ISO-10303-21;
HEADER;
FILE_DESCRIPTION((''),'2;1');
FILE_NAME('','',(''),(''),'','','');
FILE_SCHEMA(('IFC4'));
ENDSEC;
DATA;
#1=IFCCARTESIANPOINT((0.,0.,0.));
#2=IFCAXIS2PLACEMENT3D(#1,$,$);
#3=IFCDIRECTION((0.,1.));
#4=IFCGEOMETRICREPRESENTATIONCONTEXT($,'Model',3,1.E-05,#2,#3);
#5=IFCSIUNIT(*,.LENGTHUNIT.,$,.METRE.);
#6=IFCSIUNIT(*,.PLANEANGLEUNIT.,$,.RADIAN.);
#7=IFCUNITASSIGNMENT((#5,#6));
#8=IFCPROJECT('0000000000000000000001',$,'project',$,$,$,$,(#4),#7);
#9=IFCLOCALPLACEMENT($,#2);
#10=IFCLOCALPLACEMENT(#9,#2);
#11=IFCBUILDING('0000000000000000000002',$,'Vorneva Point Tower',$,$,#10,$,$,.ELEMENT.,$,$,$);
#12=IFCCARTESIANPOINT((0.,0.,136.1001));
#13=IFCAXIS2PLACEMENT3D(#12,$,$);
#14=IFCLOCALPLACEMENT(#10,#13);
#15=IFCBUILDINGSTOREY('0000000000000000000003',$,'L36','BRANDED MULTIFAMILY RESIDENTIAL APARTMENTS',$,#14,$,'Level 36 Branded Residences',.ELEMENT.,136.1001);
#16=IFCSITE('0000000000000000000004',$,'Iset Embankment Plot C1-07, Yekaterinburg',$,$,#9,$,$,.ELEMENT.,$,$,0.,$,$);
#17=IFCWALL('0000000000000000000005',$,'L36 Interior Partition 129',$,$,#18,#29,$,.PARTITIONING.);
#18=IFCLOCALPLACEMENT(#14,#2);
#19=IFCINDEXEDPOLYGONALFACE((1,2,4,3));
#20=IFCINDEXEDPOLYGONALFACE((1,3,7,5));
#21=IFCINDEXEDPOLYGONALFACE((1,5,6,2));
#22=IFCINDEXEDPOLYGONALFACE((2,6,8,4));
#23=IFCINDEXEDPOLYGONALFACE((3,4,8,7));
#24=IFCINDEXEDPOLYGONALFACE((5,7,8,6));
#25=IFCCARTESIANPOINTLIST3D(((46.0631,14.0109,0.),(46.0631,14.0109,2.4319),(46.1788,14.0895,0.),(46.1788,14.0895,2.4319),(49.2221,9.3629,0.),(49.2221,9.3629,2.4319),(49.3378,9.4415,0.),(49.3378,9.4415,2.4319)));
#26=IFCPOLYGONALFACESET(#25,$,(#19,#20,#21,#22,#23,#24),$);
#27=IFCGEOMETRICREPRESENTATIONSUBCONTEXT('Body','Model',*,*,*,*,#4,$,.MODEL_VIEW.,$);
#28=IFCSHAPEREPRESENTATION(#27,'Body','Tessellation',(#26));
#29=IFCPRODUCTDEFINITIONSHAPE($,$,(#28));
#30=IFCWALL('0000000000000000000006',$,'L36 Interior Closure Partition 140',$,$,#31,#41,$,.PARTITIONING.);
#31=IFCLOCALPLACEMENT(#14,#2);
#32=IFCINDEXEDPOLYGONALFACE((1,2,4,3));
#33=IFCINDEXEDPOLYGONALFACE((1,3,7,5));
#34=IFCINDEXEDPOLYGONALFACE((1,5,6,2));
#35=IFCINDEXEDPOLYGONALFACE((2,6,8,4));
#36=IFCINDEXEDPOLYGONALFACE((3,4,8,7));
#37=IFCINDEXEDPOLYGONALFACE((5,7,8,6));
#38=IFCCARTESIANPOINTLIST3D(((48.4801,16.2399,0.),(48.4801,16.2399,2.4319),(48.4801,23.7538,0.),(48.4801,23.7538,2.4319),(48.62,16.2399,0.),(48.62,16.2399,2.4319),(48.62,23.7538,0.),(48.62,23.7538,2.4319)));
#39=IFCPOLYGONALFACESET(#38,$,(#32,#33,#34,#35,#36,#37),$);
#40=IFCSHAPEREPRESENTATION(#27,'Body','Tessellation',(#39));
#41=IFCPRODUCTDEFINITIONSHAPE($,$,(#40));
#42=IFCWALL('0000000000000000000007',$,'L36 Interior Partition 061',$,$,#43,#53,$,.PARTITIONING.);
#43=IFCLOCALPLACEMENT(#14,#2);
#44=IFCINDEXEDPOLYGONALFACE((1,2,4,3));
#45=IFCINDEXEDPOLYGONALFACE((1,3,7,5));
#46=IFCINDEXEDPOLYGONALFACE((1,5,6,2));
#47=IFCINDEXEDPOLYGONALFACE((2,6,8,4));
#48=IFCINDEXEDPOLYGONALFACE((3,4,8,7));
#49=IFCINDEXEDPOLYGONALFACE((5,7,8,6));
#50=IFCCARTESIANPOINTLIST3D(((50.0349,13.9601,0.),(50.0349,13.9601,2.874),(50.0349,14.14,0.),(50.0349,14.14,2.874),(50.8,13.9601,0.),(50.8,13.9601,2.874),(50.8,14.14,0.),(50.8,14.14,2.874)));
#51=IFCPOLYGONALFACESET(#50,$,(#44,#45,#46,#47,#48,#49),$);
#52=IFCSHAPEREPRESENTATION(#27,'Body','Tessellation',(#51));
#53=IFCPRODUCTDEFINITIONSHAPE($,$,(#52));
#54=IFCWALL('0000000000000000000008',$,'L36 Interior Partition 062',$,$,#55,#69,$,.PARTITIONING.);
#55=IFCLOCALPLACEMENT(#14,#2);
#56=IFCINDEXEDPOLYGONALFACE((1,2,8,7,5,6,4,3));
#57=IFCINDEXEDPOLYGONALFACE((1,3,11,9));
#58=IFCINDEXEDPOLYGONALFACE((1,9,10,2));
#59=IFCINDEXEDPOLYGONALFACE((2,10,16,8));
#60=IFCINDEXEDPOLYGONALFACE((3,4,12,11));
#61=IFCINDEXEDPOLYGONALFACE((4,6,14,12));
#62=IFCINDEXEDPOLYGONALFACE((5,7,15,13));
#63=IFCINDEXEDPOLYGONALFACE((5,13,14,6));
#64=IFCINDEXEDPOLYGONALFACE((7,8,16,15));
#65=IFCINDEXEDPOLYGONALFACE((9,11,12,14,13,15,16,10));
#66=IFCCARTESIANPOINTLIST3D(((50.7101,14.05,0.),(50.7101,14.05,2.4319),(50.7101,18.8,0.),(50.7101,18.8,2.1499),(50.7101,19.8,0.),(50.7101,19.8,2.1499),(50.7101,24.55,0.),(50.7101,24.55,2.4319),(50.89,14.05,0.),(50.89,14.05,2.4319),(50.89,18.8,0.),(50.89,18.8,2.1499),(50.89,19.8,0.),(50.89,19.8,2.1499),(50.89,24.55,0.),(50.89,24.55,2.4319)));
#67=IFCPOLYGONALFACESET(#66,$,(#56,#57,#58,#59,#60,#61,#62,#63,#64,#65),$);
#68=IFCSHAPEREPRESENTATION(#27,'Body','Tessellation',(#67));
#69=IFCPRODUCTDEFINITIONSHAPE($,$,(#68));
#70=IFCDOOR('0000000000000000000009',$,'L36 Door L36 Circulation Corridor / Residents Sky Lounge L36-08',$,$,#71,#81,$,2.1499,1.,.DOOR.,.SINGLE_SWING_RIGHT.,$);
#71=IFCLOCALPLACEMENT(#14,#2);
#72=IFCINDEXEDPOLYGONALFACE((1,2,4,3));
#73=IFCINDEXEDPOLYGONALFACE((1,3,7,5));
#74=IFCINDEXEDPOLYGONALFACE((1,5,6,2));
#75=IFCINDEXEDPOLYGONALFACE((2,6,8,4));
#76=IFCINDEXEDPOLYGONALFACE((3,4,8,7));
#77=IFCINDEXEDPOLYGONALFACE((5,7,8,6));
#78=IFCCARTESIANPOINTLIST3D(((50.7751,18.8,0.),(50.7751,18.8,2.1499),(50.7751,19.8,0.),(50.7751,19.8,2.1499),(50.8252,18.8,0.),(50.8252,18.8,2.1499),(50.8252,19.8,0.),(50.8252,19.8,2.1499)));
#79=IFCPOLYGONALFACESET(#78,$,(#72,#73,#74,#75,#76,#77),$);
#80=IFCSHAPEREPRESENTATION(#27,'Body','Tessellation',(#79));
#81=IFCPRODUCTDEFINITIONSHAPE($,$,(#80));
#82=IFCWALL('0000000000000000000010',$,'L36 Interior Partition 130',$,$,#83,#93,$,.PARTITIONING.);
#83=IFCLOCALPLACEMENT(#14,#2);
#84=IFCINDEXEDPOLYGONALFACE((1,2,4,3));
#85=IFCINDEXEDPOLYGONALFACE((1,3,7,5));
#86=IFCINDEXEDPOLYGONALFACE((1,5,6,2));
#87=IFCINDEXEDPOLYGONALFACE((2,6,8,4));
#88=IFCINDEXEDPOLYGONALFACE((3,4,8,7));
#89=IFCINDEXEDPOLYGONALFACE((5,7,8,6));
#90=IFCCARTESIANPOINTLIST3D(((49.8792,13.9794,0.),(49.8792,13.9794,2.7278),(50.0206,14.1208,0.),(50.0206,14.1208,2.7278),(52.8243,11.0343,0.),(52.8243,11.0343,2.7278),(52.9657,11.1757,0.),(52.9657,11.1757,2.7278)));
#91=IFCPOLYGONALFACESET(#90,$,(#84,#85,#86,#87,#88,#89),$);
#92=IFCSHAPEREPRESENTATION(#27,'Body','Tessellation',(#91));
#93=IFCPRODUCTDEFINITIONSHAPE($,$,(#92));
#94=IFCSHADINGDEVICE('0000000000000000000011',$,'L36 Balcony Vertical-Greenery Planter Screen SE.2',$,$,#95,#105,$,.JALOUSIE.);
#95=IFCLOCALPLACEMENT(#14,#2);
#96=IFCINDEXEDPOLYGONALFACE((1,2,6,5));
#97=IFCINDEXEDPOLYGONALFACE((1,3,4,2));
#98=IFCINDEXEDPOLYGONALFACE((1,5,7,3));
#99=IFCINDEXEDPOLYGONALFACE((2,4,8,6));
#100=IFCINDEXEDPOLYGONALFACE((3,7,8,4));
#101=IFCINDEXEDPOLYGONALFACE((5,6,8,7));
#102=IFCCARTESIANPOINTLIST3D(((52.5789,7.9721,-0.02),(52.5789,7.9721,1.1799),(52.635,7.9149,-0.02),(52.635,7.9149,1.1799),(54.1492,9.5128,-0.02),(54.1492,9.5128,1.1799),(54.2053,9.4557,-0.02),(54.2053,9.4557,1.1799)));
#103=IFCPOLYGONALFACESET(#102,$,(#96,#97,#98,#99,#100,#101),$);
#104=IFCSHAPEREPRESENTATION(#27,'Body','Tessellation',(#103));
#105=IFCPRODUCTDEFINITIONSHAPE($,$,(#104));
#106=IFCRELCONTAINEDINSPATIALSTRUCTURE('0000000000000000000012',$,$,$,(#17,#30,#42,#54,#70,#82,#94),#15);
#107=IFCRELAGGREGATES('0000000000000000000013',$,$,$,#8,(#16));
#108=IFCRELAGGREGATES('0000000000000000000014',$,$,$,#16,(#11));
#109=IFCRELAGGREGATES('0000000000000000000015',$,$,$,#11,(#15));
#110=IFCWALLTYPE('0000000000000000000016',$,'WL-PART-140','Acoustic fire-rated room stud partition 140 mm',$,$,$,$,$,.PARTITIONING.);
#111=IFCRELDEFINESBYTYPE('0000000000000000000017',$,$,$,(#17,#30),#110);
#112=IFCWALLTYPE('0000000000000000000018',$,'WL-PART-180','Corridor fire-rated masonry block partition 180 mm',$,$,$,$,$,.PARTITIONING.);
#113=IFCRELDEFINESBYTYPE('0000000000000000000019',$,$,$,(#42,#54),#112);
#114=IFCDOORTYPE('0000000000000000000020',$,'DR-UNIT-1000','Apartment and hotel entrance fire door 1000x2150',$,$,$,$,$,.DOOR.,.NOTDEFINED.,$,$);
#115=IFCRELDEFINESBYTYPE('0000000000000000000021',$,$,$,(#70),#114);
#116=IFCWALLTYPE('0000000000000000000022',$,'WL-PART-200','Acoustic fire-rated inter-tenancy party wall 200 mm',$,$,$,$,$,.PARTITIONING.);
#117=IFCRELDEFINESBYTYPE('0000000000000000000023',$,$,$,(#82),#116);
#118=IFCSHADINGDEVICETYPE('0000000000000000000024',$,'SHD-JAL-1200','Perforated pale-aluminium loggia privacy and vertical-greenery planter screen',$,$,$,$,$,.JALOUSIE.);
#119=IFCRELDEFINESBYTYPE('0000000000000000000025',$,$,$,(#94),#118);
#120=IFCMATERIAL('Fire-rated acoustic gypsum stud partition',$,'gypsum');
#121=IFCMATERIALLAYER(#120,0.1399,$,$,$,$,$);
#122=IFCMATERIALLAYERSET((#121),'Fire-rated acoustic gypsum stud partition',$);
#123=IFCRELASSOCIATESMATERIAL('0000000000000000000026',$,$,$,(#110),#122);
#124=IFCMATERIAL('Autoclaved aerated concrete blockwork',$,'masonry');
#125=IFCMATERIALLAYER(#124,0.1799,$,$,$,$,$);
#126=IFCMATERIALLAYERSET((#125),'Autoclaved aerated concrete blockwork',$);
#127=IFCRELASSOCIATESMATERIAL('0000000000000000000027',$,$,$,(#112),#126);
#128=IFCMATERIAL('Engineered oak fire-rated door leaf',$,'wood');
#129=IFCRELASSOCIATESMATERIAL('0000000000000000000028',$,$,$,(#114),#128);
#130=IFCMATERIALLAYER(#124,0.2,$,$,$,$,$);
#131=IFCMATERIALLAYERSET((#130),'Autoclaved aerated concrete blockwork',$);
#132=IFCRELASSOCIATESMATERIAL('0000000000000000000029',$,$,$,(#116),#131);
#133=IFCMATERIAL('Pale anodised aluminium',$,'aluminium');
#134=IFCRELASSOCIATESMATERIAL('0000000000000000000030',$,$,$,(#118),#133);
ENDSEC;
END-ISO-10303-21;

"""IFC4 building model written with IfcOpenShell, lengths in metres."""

from ifc_helpers import new_model, si_unit, direction, frame, frame_2d, origin, origin_2d, place, context, subcontext, project, spatial, rectangle, extrude, material, layer, layer_set, type_object, element, fill, save


model = new_model("IFC4")

# Units and contexts
model_context = context("Model", 3, precision=1e-05, world=origin(), true_north=direction((0.0, 1.0)))
body_context = subcontext(model_context, "Body", "Model", "MODEL_VIEW")
ifc_project = project(units=[si_unit("LENGTHUNIT", "METRE"), si_unit("PLANEANGLEUNIT", "RADIAN")], contexts=[model_context])

# Site, building, storey
site_placement = place(None, origin())
site = spatial("IfcSite", under=ifc_project, at=site_placement, Name="Iset Embankment Plot C1-07, Yekaterinburg", CompositionType="ELEMENT", RefElevation=0.0)
building_placement = place(site_placement, origin())
building = spatial("IfcBuilding", under=site, at=building_placement, Name="Vorneva Point Tower", CompositionType="ELEMENT")
storey_placement = place(building_placement, frame((0.0, 0.0, 136.1001)))
storey = spatial("IfcBuildingStorey", under=building, at=storey_placement, Name="L36", Description="BRANDED MULTIFAMILY RESIDENTIAL APARTMENTS", LongName="Level 36 Branded Residences", CompositionType="ELEMENT", Elevation=136.1001)

# Shared definitions
ifc_material_1 = material(Name="Pale anodised aluminium", Category="aluminium")

# Walls
ifc_material_2 = material(Name="Fire-rated acoustic gypsum stud partition", Category="gypsum")
ifc_layer_1 = layer(ifc_material_2, 0.1399)
ifc_layer_set_1 = layer_set([ifc_layer_1], Name="Fire-rated acoustic gypsum stud partition")
wall_type_1 = type_object("IfcWallType", Name="WL-PART-140", Description="Acoustic fire-rated room stud partition 140 mm", PredefinedType="PARTITIONING", material=ifc_layer_set_1)
wall_1_placement = place(storey_placement, frame((49.28, 9.4021, 0.0), z_axis=(0.0, 0.0, 1.0), x_axis=(-0.562107, 0.827065, 0.0)))
element("IfcWall", 1, at=wall_1_placement, inside=storey, type_object=wall_type_1, Name="L36 Interior Partition 129", PredefinedType="PARTITIONING", context=body_context, shape_type="SweptSolid", body=[
    extrude(rectangle(XDim=5.6199, YDim=0.1399, at=frame_2d((2.8101, 0.0))), origin(), (0.0, 0.0, 1.0), 2.4319),
])
wall_2_placement = place(storey_placement, frame((48.55, 16.24, 0.0), z_axis=(0.0, 0.0, 1.0), x_axis=(0.0, 1.0, 0.0)))
element("IfcWall", 2, at=wall_2_placement, inside=storey, type_object=wall_type_1, Name="L36 Interior Closure Partition 140", PredefinedType="PARTITIONING", context=body_context, shape_type="SweptSolid", body=[
    extrude(rectangle(XDim=7.5139, YDim=0.1399, at=frame_2d((3.7568, 0.0))), origin(), (0.0, 0.0, 1.0), 2.4319),
])
ifc_material_3 = material(Name="Autoclaved aerated concrete blockwork", Category="masonry")
ifc_layer_2 = layer(ifc_material_3, 0.1799)
ifc_layer_set_2 = layer_set([ifc_layer_2], Name="Autoclaved aerated concrete blockwork")
wall_type_2 = type_object("IfcWallType", Name="WL-PART-180", Description="Corridor fire-rated masonry block partition 180 mm", PredefinedType="PARTITIONING", material=ifc_layer_set_2)
wall_3_placement = place(storey_placement, frame((50.0349, 14.05, 0.0), z_axis=(0.0, 0.0, 1.0), x_axis=(1.0, 0.0, 0.0)))
element("IfcWall", 3, at=wall_3_placement, inside=storey, type_object=wall_type_2, Name="L36 Interior Partition 061", PredefinedType="PARTITIONING", context=body_context, shape_type="SweptSolid", body=[
    extrude(rectangle(XDim=0.7651, YDim=0.1799, at=frame_2d((0.3826, 0.0))), origin(), (0.0, 0.0, 1.0), 2.874),
])

# Wall, opening, door
wall_4_placement = place(storey_placement, frame((50.8, 14.05, 0.0), z_axis=(0.0, 0.0, 1.0), x_axis=(0.0, 1.0, 0.0)))
wall_4 = element("IfcWall", 4, at=wall_4_placement, inside=storey, type_object=wall_type_2, Name="L36 Interior Partition 062", PredefinedType="PARTITIONING", context=body_context, shape_type="SweptSolid", body=[
    extrude(rectangle(XDim=10.5, YDim=0.1799, at=frame_2d((5.25, 0.0))), origin(), (0.0, 0.0, 1.0), 2.4319),
])
opening_1_placement = place(wall_4_placement, frame((4.75, 0.0, 0.0)))
opening_1 = element("IfcOpeningElement", 5, at=opening_1_placement, cuts=wall_4, PredefinedType="OPENING", context=body_context, shape_type="SweptSolid", body=[
    extrude(rectangle(XDim=1.0, YDim=2.1499, at=frame_2d((0.5, 1.075))), frame((0.0, 0.105, 0.0), z_axis=(0.0, -1.0, 0.0), x_axis=(1.0, 0.0, 0.0)), (0.0, 0.0, 1.0), 0.2097),
])
ifc_material_4 = material(Name="Engineered oak fire-rated door leaf", Category="wood")
door_type_1 = type_object("IfcDoorType", Name="DR-UNIT-1000", Description="Apartment and hotel entrance fire door 1000x2150", OperationType="NOTDEFINED", PredefinedType="DOOR", material=ifc_material_4)
door_1_placement = place(opening_1_placement, origin())
door_1 = element("IfcDoor", 6, at=door_1_placement, inside=storey, type_object=door_type_1, Name="L36 Door L36 Circulation Corridor / Residents Sky Lounge L36-08", OperationType="SINGLE_SWING_RIGHT", OverallHeight=2.1499, OverallWidth=1.0, PredefinedType="DOOR", context=body_context, shape_type="SweptSolid", body=[
    extrude(rectangle(XDim=1.0, YDim=2.1499, at=frame_2d((0.5, 1.075))), frame((0.0, 0.0249, 0.0), z_axis=(0.0, -1.0, 0.0), x_axis=(1.0, 0.0, 0.0)), (0.0, 0.0, 1.0), 0.05),
])
fill(opening_1, door_1)

# Wall
ifc_layer_3 = layer(ifc_material_3, 0.2)
ifc_layer_set_3 = layer_set([ifc_layer_3], Name="Autoclaved aerated concrete blockwork")
wall_type_3 = type_object("IfcWallType", Name="WL-PART-200", Description="Acoustic fire-rated inter-tenancy party wall 200 mm", PredefinedType="PARTITIONING", material=ifc_layer_set_3)
wall_5_placement = place(storey_placement, frame((52.895, 11.105, 0.0), z_axis=(0.0, 0.0, 1.0), x_axis=(-0.707107, 0.707107, 0.0)))
element("IfcWall", 7, at=wall_5_placement, inside=storey, type_object=wall_type_3, Name="L36 Interior Partition 130", PredefinedType="PARTITIONING", context=body_context, shape_type="SweptSolid", body=[
    extrude(rectangle(XDim=4.165, YDim=0.2, at=frame_2d((2.0825, 0.0))), origin(), (0.0, 0.0, 1.0), 2.7278),
])

# Shading device
shading_device_type = type_object("IfcShadingDeviceType", Name="SHD-JAL-1200", Description="Perforated pale-aluminium loggia privacy and vertical-greenery planter screen", PredefinedType="JALOUSIE", material=ifc_material_1)
shading_device_placement = place(storey_placement, frame((53.3921, 8.7139, -0.02), z_axis=(0.0, 0.0, 1.0), x_axis=(0.713788, 0.700361, 0.0)))
element("IfcShadingDevice", 8, at=shading_device_placement, inside=storey, type_object=shading_device_type, Name="L36 Balcony Vertical-Greenery Planter Screen SE.2", PredefinedType="JALOUSIE", context=body_context, shape_type="SweptSolid", body=[
    extrude(rectangle(XDim=2.2, YDim=0.0801, at=origin_2d()), origin(), (0.0, 0.0, 1.0), 1.2),
])

save(model, "model.ifc")
